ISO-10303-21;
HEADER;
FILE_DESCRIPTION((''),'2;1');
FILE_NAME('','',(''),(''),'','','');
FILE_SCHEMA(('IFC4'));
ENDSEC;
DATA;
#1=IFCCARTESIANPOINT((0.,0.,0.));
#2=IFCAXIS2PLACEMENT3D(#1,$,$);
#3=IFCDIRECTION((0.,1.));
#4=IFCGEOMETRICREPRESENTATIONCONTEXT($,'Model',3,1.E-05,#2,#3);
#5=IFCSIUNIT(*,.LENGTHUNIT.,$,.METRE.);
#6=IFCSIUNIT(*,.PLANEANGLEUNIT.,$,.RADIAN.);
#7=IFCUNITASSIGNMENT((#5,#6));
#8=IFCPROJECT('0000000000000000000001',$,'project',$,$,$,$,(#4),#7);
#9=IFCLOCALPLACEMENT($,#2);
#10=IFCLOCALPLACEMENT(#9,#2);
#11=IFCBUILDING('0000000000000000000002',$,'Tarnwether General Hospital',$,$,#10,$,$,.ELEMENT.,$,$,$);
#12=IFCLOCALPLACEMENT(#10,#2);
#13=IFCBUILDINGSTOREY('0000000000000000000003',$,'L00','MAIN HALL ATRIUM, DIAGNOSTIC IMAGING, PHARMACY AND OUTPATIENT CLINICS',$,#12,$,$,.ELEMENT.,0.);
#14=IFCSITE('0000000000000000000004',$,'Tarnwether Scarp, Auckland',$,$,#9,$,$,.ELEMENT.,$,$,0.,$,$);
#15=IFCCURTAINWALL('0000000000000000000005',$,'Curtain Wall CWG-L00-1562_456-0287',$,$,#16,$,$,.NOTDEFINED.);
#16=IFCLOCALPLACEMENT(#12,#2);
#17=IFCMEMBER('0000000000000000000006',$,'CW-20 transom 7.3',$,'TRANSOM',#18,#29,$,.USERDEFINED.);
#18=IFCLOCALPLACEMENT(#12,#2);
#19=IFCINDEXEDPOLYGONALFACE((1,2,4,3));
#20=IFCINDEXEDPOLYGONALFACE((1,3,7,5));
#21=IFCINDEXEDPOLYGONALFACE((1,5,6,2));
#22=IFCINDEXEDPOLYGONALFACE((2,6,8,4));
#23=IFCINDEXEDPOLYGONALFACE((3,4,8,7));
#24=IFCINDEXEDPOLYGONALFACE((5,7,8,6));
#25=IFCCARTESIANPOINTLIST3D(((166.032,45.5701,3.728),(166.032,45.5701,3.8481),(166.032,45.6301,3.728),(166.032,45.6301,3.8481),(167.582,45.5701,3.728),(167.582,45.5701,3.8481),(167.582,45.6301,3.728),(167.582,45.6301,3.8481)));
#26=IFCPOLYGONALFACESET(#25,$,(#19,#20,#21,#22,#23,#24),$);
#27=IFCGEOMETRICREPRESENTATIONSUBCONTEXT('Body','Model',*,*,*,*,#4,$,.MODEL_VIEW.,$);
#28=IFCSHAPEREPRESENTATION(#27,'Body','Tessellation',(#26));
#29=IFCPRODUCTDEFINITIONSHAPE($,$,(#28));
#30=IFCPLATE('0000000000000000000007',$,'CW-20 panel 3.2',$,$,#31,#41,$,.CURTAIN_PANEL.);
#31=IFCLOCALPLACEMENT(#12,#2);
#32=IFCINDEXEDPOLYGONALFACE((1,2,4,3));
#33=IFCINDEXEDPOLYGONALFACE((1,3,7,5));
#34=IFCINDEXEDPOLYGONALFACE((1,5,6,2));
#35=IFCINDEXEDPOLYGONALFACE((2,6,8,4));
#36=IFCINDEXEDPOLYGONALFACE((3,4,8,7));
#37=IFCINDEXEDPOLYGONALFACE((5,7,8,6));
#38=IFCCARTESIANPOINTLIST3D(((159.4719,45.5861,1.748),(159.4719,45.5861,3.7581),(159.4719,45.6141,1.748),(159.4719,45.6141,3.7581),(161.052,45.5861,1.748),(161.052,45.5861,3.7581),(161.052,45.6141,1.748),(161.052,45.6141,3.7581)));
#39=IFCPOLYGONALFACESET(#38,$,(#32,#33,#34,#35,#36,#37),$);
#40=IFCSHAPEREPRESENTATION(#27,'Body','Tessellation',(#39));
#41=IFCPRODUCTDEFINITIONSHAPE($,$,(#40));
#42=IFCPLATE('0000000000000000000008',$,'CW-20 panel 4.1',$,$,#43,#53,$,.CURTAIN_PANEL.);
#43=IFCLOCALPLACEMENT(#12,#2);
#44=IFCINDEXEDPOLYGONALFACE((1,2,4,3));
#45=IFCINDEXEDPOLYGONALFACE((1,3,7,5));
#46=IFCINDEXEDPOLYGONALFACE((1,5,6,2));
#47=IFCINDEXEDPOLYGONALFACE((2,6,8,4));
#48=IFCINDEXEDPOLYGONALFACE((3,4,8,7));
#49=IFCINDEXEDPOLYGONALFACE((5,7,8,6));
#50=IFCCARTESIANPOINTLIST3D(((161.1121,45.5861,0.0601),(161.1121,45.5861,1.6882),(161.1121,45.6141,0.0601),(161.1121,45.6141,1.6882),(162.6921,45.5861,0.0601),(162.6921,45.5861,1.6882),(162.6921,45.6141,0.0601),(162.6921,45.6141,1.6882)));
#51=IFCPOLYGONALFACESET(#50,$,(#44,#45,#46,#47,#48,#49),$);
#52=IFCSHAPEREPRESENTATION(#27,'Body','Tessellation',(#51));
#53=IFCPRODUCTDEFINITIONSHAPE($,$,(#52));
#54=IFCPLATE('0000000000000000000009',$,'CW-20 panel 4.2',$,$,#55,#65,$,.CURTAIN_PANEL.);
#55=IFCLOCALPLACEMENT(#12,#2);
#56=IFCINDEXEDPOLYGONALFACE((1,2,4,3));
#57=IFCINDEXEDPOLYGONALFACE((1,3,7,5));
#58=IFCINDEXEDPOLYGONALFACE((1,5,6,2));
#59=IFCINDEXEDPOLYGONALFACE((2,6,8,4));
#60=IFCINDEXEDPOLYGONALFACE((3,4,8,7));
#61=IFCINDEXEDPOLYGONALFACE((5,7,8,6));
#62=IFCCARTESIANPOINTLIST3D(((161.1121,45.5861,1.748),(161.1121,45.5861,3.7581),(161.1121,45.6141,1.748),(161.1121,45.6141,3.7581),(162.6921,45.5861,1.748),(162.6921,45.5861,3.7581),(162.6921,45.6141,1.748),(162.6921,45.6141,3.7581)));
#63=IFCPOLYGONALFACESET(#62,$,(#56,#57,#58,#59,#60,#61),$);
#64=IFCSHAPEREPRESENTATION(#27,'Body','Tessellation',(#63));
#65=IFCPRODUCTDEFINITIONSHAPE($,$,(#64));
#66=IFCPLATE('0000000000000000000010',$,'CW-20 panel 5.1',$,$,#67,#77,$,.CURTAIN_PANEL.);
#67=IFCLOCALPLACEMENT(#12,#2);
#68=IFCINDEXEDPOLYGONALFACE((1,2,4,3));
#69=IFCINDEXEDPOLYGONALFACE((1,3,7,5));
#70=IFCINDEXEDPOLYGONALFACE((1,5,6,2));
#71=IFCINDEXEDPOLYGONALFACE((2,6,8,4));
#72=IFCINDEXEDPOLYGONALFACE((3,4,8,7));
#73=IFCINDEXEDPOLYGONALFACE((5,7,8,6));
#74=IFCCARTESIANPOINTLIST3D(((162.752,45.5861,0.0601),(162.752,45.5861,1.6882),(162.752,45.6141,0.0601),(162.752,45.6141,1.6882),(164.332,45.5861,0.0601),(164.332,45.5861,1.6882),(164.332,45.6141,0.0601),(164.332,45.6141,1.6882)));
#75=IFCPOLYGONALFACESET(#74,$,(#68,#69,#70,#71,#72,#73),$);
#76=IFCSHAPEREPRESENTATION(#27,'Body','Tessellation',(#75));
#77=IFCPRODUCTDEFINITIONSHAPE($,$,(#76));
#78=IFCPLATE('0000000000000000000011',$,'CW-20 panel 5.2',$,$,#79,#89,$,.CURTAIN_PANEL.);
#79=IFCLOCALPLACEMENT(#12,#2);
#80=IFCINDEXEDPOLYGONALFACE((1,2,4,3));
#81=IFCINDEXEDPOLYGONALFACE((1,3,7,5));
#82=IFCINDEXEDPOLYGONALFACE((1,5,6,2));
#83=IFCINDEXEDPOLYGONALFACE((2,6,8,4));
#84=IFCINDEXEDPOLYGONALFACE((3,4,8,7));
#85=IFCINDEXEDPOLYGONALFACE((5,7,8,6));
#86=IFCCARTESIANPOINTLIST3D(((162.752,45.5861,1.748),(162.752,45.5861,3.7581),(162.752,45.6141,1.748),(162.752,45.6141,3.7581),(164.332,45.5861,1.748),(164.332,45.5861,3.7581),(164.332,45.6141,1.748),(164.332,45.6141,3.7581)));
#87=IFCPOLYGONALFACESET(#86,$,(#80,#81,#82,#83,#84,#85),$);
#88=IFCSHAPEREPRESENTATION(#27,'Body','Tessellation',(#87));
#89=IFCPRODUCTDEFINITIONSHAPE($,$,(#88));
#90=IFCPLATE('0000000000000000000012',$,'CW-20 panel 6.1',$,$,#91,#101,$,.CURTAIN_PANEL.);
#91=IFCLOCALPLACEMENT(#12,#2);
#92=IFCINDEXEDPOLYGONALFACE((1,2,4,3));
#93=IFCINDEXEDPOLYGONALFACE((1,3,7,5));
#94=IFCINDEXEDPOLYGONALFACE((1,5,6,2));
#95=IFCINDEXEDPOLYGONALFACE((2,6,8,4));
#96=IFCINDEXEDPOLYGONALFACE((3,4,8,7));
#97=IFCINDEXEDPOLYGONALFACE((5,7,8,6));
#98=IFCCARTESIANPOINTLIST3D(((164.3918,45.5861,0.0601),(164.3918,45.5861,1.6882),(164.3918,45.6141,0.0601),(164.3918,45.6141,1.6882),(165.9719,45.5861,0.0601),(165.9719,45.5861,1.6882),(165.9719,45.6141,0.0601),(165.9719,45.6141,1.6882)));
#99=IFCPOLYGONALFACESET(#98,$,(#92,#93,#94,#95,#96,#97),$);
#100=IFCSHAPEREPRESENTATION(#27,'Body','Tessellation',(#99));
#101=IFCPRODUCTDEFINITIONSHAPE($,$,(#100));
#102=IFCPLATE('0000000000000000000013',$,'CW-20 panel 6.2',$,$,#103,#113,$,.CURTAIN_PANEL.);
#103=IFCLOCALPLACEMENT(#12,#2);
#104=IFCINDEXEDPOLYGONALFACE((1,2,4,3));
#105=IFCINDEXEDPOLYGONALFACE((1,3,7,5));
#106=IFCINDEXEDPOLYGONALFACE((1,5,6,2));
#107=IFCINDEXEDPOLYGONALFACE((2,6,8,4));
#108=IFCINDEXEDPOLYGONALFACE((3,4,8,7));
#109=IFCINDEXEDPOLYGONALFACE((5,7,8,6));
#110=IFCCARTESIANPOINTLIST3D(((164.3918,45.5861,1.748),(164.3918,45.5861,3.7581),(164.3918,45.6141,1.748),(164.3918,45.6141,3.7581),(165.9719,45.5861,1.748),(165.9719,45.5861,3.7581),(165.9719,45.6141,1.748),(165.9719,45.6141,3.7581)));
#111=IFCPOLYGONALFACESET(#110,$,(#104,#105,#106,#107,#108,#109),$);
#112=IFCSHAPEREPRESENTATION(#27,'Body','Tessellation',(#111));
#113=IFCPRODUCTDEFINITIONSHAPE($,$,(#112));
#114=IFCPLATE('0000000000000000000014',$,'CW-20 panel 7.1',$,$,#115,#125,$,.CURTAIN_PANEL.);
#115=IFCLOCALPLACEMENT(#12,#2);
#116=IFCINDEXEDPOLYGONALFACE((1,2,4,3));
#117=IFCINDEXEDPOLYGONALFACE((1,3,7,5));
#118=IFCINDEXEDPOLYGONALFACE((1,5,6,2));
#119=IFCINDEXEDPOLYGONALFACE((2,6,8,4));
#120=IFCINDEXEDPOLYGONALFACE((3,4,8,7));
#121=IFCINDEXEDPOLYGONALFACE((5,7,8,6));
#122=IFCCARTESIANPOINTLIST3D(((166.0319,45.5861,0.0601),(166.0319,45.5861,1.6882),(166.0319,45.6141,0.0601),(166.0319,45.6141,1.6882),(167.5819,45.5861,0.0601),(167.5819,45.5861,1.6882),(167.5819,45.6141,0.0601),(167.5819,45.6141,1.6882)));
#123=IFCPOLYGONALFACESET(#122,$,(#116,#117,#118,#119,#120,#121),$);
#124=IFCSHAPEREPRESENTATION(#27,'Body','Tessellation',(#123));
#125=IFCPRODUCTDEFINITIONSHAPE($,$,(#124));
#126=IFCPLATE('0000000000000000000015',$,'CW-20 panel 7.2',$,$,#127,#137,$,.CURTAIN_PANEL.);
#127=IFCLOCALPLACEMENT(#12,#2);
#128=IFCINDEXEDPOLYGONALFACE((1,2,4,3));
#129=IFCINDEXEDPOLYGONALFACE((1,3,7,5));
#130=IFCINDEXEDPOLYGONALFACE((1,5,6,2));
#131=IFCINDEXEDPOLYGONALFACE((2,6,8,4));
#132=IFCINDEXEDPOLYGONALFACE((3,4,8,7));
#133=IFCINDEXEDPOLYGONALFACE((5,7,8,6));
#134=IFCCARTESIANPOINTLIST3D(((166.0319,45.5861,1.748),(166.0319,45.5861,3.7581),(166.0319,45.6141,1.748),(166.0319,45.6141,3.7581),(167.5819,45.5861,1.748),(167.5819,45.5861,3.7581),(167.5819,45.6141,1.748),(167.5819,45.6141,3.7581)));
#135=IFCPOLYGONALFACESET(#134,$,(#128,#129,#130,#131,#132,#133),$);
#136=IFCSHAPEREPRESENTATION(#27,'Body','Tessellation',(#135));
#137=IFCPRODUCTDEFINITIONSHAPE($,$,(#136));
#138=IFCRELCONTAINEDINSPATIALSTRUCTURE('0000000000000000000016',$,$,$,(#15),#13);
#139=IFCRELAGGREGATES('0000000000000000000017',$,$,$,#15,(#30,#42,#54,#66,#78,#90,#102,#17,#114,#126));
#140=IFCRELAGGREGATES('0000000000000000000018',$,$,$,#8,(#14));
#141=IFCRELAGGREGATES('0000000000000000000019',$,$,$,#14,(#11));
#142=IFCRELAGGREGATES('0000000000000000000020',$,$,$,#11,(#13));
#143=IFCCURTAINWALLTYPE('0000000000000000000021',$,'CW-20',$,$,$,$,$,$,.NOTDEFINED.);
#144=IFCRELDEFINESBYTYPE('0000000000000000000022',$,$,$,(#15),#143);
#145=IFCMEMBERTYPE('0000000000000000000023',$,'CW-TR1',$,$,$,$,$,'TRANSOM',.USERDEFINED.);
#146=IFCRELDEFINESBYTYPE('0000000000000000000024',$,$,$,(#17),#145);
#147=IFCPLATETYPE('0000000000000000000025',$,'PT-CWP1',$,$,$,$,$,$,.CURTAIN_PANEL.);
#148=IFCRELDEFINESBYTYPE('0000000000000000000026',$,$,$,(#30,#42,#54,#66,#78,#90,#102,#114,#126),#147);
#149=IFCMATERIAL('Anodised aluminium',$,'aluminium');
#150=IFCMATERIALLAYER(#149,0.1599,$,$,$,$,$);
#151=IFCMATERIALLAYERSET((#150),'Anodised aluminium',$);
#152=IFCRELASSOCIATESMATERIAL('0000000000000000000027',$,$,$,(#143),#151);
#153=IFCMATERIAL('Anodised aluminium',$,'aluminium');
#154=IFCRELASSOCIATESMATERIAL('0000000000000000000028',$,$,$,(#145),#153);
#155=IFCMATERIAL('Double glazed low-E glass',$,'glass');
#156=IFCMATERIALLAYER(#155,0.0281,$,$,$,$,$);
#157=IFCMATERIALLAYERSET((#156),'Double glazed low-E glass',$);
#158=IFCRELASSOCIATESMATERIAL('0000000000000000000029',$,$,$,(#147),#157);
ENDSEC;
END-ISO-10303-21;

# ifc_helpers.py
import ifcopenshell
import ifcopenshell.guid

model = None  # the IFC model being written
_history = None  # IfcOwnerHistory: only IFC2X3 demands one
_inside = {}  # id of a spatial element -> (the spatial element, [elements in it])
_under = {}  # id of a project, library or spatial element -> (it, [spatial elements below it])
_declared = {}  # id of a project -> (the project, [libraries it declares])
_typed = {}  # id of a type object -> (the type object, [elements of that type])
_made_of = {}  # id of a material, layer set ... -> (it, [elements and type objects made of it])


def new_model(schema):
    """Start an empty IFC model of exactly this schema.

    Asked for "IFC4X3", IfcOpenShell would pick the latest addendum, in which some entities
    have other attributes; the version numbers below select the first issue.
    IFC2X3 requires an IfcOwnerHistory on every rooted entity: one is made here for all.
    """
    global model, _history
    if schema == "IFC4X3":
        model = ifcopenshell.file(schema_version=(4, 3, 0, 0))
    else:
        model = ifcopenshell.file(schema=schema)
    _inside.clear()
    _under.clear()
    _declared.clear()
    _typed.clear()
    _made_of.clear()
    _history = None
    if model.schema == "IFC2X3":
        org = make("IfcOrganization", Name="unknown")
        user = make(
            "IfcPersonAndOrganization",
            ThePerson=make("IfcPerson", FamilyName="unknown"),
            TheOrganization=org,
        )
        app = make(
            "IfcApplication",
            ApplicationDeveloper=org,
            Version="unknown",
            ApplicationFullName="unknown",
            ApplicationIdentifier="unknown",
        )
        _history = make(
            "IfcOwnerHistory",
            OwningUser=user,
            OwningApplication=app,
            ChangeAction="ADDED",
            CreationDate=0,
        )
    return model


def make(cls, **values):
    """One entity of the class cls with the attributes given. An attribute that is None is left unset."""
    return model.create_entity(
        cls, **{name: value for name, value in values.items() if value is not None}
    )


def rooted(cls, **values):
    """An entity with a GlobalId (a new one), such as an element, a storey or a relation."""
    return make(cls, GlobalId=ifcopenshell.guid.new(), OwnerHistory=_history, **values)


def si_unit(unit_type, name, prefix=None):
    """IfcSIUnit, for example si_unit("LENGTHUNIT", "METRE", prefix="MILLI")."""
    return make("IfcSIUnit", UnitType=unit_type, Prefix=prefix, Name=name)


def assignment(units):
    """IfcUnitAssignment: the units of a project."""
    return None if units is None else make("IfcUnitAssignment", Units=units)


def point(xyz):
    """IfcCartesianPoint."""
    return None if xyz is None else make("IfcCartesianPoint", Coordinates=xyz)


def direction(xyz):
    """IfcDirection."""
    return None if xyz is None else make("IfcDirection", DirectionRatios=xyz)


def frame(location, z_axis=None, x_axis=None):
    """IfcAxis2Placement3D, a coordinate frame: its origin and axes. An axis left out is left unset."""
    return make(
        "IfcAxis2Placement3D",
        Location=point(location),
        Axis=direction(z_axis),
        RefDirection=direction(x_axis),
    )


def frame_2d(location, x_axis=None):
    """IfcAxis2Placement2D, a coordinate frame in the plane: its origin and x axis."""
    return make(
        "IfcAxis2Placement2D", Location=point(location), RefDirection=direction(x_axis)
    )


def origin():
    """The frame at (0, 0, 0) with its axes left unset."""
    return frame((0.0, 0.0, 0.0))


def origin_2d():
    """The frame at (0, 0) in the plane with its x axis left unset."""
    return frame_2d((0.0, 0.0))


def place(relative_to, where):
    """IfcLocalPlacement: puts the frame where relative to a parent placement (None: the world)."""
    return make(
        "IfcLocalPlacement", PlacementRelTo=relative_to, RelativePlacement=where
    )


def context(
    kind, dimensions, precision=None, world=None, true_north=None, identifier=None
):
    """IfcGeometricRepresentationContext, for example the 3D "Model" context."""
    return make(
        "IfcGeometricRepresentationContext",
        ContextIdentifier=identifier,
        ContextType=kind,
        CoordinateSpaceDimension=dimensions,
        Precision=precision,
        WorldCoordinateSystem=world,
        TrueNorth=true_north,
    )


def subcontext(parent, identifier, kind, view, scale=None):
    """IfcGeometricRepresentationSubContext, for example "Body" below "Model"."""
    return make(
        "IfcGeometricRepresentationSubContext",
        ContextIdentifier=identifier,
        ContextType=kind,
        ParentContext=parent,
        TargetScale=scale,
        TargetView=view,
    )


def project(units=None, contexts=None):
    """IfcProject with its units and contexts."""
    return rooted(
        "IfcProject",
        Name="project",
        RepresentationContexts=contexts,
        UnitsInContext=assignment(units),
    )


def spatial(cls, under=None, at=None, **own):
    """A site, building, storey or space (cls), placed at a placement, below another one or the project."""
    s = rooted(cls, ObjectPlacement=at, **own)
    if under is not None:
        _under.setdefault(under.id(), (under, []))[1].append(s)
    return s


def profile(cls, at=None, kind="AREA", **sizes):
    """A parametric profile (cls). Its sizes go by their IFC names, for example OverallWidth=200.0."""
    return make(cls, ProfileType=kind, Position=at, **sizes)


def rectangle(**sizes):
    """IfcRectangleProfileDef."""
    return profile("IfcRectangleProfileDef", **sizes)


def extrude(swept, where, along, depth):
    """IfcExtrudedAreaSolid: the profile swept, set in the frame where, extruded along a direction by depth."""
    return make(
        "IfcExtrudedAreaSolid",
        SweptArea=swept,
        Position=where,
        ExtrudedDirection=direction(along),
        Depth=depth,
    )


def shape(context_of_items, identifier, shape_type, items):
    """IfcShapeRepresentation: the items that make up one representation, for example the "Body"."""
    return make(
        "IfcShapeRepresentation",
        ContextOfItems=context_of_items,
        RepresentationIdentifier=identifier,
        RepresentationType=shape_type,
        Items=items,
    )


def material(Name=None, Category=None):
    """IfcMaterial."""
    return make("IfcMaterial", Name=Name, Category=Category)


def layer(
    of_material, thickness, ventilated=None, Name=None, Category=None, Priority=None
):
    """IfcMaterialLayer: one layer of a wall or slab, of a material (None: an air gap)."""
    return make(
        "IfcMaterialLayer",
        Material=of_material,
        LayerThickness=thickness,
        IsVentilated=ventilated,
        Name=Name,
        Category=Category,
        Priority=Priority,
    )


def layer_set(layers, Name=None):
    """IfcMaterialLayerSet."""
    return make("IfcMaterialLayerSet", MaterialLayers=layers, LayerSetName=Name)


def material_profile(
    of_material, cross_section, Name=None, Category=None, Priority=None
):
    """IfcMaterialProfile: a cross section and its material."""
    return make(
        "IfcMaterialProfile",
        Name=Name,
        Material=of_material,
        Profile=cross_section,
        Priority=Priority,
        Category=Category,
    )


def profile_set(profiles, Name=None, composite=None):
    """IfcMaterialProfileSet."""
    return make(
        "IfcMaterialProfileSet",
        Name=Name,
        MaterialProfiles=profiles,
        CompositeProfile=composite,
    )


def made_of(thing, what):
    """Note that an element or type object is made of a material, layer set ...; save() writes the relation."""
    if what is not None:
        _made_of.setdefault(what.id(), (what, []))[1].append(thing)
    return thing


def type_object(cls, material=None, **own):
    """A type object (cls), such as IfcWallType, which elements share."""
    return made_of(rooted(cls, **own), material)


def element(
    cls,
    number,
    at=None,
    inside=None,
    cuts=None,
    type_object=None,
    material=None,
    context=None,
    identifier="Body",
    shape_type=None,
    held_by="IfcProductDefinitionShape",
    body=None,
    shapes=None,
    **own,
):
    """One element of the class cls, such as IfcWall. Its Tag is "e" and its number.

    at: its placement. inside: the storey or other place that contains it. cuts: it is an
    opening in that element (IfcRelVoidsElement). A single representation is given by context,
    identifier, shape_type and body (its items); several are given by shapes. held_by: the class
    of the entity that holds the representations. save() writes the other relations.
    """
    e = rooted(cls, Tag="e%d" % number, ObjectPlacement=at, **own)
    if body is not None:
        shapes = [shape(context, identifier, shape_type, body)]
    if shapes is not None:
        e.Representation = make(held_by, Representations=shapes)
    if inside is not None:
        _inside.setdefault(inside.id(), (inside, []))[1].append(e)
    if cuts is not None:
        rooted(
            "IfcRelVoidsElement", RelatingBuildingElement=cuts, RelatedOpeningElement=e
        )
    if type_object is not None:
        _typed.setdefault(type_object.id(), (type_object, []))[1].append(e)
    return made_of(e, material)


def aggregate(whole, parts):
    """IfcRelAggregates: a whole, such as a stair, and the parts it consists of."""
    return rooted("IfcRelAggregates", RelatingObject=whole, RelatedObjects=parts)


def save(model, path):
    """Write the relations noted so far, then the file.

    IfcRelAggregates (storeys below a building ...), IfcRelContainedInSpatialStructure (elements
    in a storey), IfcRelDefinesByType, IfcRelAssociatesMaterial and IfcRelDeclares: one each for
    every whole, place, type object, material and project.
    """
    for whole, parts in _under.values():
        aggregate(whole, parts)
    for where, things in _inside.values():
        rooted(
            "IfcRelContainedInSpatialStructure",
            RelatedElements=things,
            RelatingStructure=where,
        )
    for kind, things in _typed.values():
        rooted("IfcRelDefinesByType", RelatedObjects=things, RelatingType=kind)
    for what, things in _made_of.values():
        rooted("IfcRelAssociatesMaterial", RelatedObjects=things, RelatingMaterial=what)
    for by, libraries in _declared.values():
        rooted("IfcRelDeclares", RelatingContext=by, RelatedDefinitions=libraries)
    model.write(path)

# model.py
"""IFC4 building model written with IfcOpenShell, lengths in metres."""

from ifc_helpers import new_model, si_unit, direction, frame, origin, origin_2d, place, context, subcontext, project, spatial, rectangle, extrude, material, layer, layer_set, material_profile, profile_set, type_object, element, aggregate, save


model = new_model("IFC4")

# Units and contexts
model_context = context("Model", 3, precision=1e-05, world=origin(), true_north=direction((0.0, 1.0)))
body_context = subcontext(model_context, "Body", "Model", "MODEL_VIEW")
ifc_project = project(units=[si_unit("LENGTHUNIT", "METRE"), si_unit("PLANEANGLEUNIT", "RADIAN")], contexts=[model_context])

# Site, building, storey
site_placement = place(None, origin())
site = spatial("IfcSite", under=ifc_project, at=site_placement, Name="Tarnwether Scarp, Auckland", CompositionType="ELEMENT", RefElevation=0.0)
building_placement = place(site_placement, origin())
building = spatial("IfcBuilding", under=site, at=building_placement, Name="Tarnwether General Hospital", CompositionType="ELEMENT")
storey_placement = place(building_placement, origin())
storey = spatial("IfcBuildingStorey", under=building, at=storey_placement, Name="L00", Description="MAIN HALL ATRIUM, DIAGNOSTIC IMAGING, PHARMACY AND OUTPATIENT CLINICS", CompositionType="ELEMENT", Elevation=0.0)

# Curtain wall, member, plates
ifc_material_1 = material(Name="Anodised aluminium", Category="aluminium")
ifc_layer_1 = layer(ifc_material_1, 0.1599)
ifc_layer_set_1 = layer_set([ifc_layer_1], Name="Anodised aluminium")
curtain_wall_type = type_object("IfcCurtainWallType", Name="CW-20", PredefinedType="NOTDEFINED", material=ifc_layer_set_1)
curtain_wall_placement = place(storey_placement, origin())
curtain_wall = element("IfcCurtainWall", 1, at=curtain_wall_placement, inside=storey, type_object=curtain_wall_type, Name="Curtain Wall CWG-L00-1562_456-0287", PredefinedType="NOTDEFINED")
ifc_material_2 = material(Name="Anodised aluminium", Category="aluminium")
ifc_material_profile_1 = material_profile(ifc_material_2, rectangle(XDim=0.0601, YDim=0.1201, at=origin_2d()), Name="ALU-TRN-60x120")
ifc_profile_set_1 = profile_set([ifc_material_profile_1], Name="Anodised aluminium")
member_type_1 = type_object("IfcMemberType", Name="CW-TR1", ElementType="TRANSOM", PredefinedType="USERDEFINED", material=ifc_profile_set_1)
member_1_placement = place(storey_placement, frame((166.032, 45.6001, 3.7881), z_axis=(1.0, 0.0, 0.0), x_axis=(0.0, 1.0, 0.0)))
member_1 = element("IfcMember", 2, at=member_1_placement, type_object=member_type_1, Name="CW-20 transom 7.3", ObjectType="TRANSOM", PredefinedType="USERDEFINED", context=body_context, shape_type="SweptSolid", body=[
    extrude(rectangle(XDim=0.0601, YDim=0.1201, at=origin_2d()), origin(), (0.0, 0.0, 1.0), 1.55),
])
ifc_material_3 = material(Name="Double glazed low-E glass", Category="glass")
ifc_layer_2 = layer(ifc_material_3, 0.0281)
ifc_layer_set_2 = layer_set([ifc_layer_2], Name="Double glazed low-E glass")
plate_type = type_object("IfcPlateType", Name="PT-CWP1", PredefinedType="CURTAIN_PANEL", material=ifc_layer_set_2)
plate_1_placement = place(storey_placement, frame((160.262, 45.6001, 1.748), z_axis=(0.0, 0.0, 1.0), x_axis=(1.0, 0.0, 0.0)))
plate_1 = element("IfcPlate", 3, at=plate_1_placement, type_object=plate_type, Name="CW-20 panel 3.2", PredefinedType="CURTAIN_PANEL", context=body_context, shape_type="SweptSolid", body=[
    extrude(rectangle(XDim=1.5801, YDim=0.0281, at=origin_2d()), origin(), (0.0, 0.0, 1.0), 2.01),
])
plate_2_placement = place(storey_placement, frame((161.9021, 45.6001, 0.0601), z_axis=(0.0, 0.0, 1.0), x_axis=(1.0, 0.0, 0.0)))
plate_2 = element("IfcPlate", 4, at=plate_2_placement, type_object=plate_type, Name="CW-20 panel 4.1", PredefinedType="CURTAIN_PANEL", context=body_context, shape_type="SweptSolid", body=[
    extrude(rectangle(XDim=1.5801, YDim=0.0281, at=origin_2d()), origin(), (0.0, 0.0, 1.0), 1.6282),
])
plate_3_placement = place(storey_placement, frame((161.9021, 45.6001, 1.748), z_axis=(0.0, 0.0, 1.0), x_axis=(1.0, 0.0, 0.0)))
plate_3 = element("IfcPlate", 5, at=plate_3_placement, type_object=plate_type, Name="CW-20 panel 4.2", PredefinedType="CURTAIN_PANEL", context=body_context, shape_type="SweptSolid", body=[
    extrude(rectangle(XDim=1.5801, YDim=0.0281, at=origin_2d()), origin(), (0.0, 0.0, 1.0), 2.01),
])
plate_4_placement = place(storey_placement, frame((163.542, 45.6001, 0.0601), z_axis=(0.0, 0.0, 1.0), x_axis=(1.0, 0.0, 0.0)))
plate_4 = element("IfcPlate", 6, at=plate_4_placement, type_object=plate_type, Name="CW-20 panel 5.1", PredefinedType="CURTAIN_PANEL", context=body_context, shape_type="SweptSolid", body=[
    extrude(rectangle(XDim=1.5801, YDim=0.0281, at=origin_2d()), origin(), (0.0, 0.0, 1.0), 1.6282),
])
plate_5_placement = place(storey_placement, frame((163.542, 45.6001, 1.748), z_axis=(0.0, 0.0, 1.0), x_axis=(1.0, 0.0, 0.0)))
plate_5 = element("IfcPlate", 7, at=plate_5_placement, type_object=plate_type, Name="CW-20 panel 5.2", PredefinedType="CURTAIN_PANEL", context=body_context, shape_type="SweptSolid", body=[
    extrude(rectangle(XDim=1.5801, YDim=0.0281, at=origin_2d()), origin(), (0.0, 0.0, 1.0), 2.01),
])
plate_6_placement = place(storey_placement, frame((165.1819, 45.6001, 0.0601), z_axis=(0.0, 0.0, 1.0), x_axis=(1.0, 0.0, 0.0)))
plate_6 = element("IfcPlate", 8, at=plate_6_placement, type_object=plate_type, Name="CW-20 panel 6.1", PredefinedType="CURTAIN_PANEL", context=body_context, shape_type="SweptSolid", body=[
    extrude(rectangle(XDim=1.5801, YDim=0.0281, at=origin_2d()), origin(), (0.0, 0.0, 1.0), 1.6282),
])
plate_7_placement = place(storey_placement, frame((165.1819, 45.6001, 1.748), z_axis=(0.0, 0.0, 1.0), x_axis=(1.0, 0.0, 0.0)))
plate_7 = element("IfcPlate", 9, at=plate_7_placement, type_object=plate_type, Name="CW-20 panel 6.2", PredefinedType="CURTAIN_PANEL", context=body_context, shape_type="SweptSolid", body=[
    extrude(rectangle(XDim=1.5801, YDim=0.0281, at=origin_2d()), origin(), (0.0, 0.0, 1.0), 2.01),
])
plate_8_placement = place(storey_placement, frame((166.8069, 45.6001, 0.0601), z_axis=(0.0, 0.0, 1.0), x_axis=(1.0, 0.0, 0.0)))
plate_8 = element("IfcPlate", 10, at=plate_8_placement, type_object=plate_type, Name="CW-20 panel 7.1", PredefinedType="CURTAIN_PANEL", context=body_context, shape_type="SweptSolid", body=[
    extrude(rectangle(XDim=1.55, YDim=0.0281, at=origin_2d()), origin(), (0.0, 0.0, 1.0), 1.6282),
])
plate_9_placement = place(storey_placement, frame((166.8069, 45.6001, 1.748), z_axis=(0.0, 0.0, 1.0), x_axis=(1.0, 0.0, 0.0)))
plate_9 = element("IfcPlate", 11, at=plate_9_placement, type_object=plate_type, Name="CW-20 panel 7.2", PredefinedType="CURTAIN_PANEL", context=body_context, shape_type="SweptSolid", body=[
    extrude(rectangle(XDim=1.55, YDim=0.0281, at=origin_2d()), origin(), (0.0, 0.0, 1.0), 2.01),
])
aggregate(curtain_wall, [plate_1, plate_2, plate_3, plate_4, plate_5, plate_6, plate_7, member_1, plate_8, plate_9])

save(model, "model.ifc")
